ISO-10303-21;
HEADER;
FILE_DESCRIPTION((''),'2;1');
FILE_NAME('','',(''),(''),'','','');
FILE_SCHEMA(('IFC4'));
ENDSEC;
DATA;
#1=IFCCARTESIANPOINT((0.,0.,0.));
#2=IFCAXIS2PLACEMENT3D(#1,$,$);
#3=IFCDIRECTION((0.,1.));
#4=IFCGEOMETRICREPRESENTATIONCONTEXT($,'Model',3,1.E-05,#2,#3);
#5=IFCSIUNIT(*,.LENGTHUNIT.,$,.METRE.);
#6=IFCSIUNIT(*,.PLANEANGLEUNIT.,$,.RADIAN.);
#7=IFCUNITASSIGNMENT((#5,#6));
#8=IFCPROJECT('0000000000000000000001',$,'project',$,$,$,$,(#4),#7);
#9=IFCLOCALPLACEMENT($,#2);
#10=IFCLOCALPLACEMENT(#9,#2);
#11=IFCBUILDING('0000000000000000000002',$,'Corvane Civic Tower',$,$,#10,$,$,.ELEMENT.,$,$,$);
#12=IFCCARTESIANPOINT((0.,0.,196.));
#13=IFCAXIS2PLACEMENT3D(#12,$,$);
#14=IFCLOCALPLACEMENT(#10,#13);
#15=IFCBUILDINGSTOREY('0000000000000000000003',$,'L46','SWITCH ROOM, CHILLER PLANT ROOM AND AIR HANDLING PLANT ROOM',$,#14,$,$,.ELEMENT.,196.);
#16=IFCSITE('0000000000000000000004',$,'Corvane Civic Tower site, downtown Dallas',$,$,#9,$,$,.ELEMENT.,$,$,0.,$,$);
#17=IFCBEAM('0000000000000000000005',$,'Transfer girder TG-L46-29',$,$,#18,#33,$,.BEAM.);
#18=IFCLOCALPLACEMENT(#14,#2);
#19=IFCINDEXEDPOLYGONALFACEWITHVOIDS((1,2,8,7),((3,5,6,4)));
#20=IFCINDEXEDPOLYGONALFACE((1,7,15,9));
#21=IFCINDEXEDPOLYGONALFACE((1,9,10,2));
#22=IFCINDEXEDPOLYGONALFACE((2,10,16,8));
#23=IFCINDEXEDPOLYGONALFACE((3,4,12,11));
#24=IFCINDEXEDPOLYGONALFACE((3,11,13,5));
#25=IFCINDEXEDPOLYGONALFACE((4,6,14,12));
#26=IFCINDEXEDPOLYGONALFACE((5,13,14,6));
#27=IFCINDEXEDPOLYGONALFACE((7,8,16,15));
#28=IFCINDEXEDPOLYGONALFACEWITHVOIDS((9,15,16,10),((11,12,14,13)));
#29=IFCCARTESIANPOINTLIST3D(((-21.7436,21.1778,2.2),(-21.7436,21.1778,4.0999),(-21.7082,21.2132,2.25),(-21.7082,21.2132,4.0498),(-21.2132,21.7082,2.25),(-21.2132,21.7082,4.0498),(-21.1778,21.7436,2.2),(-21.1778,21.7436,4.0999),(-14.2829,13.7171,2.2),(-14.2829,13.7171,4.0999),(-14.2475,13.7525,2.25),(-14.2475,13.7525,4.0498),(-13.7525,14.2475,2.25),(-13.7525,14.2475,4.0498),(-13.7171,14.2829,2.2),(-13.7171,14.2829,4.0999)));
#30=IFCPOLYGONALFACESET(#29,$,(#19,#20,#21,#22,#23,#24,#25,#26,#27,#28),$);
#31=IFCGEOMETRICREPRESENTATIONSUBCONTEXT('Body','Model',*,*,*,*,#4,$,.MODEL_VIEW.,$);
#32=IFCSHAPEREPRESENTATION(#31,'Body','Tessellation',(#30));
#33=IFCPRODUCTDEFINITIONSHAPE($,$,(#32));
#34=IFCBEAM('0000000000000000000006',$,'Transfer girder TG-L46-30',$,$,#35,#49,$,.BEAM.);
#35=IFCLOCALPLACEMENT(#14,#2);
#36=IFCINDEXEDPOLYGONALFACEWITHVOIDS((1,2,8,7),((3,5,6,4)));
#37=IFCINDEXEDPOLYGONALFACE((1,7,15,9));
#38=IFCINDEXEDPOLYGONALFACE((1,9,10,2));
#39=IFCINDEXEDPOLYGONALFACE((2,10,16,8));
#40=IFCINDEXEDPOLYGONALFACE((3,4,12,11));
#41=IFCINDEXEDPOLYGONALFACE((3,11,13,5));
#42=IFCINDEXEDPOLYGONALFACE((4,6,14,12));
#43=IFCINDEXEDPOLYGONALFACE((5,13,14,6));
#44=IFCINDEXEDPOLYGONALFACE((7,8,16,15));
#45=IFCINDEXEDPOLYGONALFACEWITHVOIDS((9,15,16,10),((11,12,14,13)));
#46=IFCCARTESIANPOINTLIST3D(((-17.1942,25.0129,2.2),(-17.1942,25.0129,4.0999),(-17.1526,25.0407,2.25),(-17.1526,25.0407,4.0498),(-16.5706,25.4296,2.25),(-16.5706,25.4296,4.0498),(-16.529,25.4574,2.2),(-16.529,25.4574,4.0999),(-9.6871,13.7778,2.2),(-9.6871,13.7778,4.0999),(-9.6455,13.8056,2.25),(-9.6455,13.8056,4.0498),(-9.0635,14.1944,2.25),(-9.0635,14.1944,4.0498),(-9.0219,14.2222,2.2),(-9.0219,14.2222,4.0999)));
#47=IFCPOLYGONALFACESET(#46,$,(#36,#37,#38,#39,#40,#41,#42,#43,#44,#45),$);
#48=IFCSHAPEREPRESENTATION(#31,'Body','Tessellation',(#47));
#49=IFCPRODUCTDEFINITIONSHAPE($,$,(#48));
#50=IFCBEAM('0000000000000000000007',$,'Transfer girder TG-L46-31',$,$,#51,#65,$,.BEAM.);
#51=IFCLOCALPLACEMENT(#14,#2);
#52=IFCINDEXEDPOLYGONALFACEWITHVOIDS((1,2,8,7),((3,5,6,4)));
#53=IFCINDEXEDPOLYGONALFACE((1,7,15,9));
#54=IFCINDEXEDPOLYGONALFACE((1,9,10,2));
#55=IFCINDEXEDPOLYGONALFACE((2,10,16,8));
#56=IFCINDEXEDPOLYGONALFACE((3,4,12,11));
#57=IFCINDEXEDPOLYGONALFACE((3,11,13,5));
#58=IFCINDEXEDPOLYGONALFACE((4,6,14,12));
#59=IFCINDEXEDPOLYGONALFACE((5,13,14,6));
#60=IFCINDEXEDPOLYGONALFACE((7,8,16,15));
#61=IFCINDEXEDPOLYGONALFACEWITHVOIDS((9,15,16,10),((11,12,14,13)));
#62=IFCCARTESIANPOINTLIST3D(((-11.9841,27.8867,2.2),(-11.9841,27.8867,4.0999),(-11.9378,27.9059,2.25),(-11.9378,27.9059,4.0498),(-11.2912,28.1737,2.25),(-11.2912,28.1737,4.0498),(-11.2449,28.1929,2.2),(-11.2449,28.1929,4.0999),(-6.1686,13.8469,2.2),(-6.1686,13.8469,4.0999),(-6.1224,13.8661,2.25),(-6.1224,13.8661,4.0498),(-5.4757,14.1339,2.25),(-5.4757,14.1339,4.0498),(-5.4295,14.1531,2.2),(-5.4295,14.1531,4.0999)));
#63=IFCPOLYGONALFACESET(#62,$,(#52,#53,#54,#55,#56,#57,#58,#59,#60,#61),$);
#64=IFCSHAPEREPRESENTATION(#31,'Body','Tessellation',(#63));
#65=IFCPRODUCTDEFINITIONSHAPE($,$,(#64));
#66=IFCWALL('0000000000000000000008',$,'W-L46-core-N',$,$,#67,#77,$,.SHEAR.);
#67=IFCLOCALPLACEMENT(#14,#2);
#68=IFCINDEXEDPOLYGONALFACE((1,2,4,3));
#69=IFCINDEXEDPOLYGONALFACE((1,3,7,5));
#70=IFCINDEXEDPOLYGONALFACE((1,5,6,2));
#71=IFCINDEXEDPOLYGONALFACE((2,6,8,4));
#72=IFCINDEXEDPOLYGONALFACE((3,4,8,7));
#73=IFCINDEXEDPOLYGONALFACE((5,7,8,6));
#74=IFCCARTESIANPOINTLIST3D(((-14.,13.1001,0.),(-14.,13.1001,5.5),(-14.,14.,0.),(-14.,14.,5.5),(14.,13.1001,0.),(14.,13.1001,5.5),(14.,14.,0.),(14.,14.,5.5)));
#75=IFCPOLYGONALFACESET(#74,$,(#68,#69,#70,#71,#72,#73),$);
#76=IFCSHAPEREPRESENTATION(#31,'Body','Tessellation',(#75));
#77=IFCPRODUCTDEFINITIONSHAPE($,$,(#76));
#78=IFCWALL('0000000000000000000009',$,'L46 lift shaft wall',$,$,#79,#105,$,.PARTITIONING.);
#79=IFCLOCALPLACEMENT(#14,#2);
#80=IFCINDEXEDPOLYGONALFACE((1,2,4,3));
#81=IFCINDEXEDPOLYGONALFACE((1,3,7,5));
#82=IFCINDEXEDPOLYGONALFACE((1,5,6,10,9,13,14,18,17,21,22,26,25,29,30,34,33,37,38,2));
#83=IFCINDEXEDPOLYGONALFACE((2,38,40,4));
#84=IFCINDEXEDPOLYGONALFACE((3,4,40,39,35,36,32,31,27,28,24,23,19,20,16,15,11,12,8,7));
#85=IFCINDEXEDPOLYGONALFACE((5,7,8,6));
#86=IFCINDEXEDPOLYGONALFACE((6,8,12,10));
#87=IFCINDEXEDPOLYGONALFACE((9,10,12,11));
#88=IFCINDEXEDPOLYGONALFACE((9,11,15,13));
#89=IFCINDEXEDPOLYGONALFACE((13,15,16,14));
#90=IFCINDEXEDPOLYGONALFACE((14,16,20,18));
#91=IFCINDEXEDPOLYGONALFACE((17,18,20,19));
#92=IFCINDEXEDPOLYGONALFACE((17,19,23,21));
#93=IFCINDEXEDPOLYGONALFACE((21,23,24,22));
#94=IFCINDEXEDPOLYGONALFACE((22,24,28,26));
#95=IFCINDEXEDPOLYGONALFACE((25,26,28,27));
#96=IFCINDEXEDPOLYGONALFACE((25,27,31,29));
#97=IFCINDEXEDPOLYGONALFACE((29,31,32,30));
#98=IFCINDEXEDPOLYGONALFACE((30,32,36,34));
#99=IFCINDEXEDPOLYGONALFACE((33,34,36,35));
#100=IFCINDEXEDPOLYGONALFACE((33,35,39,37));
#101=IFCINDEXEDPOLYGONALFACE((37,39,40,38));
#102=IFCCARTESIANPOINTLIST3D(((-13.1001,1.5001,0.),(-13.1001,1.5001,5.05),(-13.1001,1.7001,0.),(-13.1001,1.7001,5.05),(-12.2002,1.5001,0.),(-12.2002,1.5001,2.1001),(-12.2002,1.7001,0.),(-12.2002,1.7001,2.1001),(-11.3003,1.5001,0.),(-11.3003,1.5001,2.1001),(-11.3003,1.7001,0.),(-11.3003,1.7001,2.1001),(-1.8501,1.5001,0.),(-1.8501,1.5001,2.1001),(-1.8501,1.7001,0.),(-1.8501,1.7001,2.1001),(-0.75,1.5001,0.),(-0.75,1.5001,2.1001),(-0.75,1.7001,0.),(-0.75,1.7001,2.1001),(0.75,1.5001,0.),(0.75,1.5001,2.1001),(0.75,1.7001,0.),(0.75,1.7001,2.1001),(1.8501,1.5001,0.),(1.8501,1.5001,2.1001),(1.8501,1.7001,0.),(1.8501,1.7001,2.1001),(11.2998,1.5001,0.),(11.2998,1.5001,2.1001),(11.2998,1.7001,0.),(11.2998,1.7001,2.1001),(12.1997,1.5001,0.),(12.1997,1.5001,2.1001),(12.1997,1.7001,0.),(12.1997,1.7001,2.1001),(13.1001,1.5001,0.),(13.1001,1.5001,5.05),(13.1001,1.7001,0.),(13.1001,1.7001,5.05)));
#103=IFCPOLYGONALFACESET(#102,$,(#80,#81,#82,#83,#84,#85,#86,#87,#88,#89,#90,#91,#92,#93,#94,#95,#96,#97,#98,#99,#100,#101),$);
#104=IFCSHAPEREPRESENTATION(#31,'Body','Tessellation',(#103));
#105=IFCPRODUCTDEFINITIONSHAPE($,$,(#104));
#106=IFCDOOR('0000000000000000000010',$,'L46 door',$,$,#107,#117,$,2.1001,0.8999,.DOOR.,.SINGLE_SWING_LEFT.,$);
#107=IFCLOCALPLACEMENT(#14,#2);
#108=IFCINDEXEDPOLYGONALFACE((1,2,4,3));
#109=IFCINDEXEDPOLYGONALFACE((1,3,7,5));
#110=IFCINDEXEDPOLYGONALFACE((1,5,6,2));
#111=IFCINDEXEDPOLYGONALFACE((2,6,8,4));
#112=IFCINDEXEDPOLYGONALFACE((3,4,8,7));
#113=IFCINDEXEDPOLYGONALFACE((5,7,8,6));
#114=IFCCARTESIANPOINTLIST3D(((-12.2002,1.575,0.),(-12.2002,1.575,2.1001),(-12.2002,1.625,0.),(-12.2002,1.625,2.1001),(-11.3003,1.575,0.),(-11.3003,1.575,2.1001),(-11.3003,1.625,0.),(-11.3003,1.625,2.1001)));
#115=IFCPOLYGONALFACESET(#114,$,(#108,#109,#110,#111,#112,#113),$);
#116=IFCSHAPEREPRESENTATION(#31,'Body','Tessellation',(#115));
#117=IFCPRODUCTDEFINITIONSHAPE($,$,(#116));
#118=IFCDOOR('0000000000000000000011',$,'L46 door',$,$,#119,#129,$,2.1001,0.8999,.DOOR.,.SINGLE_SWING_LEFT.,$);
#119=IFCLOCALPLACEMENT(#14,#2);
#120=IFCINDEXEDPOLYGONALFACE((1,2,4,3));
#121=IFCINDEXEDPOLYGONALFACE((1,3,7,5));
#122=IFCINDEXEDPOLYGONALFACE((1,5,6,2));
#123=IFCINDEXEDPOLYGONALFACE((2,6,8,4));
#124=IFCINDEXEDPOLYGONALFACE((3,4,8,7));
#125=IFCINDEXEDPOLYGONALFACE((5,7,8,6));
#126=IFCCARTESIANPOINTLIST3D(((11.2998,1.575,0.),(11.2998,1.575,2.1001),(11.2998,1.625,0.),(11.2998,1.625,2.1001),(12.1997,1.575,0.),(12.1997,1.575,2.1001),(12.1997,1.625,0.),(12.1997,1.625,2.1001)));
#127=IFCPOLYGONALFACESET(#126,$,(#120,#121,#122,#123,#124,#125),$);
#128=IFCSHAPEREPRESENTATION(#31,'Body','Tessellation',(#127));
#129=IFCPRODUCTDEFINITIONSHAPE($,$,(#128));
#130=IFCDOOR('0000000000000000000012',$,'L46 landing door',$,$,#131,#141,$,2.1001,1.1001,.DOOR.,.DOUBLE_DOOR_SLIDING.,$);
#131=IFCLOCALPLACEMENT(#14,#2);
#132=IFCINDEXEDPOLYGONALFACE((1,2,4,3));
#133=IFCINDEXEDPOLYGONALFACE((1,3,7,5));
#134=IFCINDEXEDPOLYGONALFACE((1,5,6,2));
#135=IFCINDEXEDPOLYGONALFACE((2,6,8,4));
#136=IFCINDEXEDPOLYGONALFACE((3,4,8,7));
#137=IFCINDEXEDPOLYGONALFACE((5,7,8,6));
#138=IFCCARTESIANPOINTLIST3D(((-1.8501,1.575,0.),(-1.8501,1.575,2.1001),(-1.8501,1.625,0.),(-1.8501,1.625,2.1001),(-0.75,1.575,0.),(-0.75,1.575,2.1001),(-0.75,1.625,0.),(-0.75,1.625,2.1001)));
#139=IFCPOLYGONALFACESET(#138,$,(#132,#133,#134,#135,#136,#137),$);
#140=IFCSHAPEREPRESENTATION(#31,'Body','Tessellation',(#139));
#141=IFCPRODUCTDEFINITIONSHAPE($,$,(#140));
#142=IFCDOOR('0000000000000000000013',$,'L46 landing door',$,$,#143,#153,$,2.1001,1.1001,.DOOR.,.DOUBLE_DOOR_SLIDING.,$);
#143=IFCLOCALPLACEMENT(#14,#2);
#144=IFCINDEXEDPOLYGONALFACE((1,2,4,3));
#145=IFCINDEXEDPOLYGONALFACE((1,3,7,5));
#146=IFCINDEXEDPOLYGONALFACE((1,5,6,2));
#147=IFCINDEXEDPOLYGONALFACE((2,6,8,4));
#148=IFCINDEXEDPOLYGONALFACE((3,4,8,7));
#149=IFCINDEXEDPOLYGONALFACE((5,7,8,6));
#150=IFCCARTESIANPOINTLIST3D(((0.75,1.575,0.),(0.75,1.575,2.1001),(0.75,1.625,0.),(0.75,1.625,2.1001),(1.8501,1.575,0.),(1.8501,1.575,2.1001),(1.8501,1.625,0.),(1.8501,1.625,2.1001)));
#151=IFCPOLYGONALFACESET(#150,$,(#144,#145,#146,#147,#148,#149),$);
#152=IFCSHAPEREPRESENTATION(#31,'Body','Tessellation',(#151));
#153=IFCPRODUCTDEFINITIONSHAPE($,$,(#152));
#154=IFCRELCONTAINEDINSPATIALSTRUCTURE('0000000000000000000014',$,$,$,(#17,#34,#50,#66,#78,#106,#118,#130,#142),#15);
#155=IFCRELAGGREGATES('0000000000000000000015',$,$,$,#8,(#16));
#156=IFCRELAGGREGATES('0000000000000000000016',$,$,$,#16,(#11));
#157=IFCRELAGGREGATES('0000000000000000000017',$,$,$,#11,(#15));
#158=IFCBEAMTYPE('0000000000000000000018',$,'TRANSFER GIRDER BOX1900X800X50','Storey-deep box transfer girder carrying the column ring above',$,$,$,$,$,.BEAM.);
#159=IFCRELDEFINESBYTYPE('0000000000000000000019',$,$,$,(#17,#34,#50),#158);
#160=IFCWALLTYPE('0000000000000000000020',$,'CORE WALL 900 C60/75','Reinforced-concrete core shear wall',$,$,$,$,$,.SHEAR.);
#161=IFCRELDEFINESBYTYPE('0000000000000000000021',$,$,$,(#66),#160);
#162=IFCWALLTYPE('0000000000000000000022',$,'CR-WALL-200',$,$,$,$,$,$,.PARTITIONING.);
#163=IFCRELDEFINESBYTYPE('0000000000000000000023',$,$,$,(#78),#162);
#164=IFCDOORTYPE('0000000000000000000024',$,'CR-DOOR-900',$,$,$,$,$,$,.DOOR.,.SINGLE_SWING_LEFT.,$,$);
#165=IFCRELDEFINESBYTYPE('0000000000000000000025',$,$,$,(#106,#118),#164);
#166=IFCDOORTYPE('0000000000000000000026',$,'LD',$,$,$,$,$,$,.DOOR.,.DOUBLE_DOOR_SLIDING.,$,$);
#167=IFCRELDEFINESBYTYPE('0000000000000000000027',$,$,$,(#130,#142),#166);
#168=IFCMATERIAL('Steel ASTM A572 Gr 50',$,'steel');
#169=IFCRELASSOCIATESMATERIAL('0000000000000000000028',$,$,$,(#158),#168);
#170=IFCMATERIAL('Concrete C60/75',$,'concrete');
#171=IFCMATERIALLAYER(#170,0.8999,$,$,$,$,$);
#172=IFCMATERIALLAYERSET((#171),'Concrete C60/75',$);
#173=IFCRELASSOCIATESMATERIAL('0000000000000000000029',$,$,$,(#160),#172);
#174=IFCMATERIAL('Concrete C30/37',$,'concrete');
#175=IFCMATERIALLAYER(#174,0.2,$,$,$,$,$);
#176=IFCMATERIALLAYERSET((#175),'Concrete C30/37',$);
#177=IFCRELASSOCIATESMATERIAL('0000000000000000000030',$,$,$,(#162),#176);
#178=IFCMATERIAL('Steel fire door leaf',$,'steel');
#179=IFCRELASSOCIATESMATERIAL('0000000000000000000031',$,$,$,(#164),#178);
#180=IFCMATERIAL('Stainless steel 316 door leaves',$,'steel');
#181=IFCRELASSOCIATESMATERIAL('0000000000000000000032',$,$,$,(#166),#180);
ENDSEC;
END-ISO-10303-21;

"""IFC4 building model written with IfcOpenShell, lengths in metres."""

from ifc_helpers import new_model, si_unit, direction, frame, frame_2d, origin, origin_2d, place, context, subcontext, project, spatial, rectangle, hollow_rectangle, extrude, material, layer, layer_set, material_profile, profile_set, type_object, element, fill, save


model = new_model("IFC4")

# Units and contexts
model_context = context("Model", 3, precision=1e-05, world=origin(), true_north=direction((0.0, 1.0)))
body_context = subcontext(model_context, "Body", "Model", "MODEL_VIEW")
ifc_project = project(units=[si_unit("LENGTHUNIT", "METRE"), si_unit("PLANEANGLEUNIT", "RADIAN")], contexts=[model_context])

# Site, building, storey
site_placement = place(None, origin())
site = spatial("IfcSite", under=ifc_project, at=site_placement, Name="Corvane Civic Tower site, downtown Dallas", CompositionType="ELEMENT", RefElevation=0.0)
building_placement = place(site_placement, origin())
building = spatial("IfcBuilding", under=site, at=building_placement, Name="Corvane Civic Tower", CompositionType="ELEMENT")
storey_placement = place(building_placement, frame((0.0, 0.0, 196.0)))
storey = spatial("IfcBuildingStorey", under=building, at=storey_placement, Name="L46", Description="SWITCH ROOM, CHILLER PLANT ROOM AND AIR HANDLING PLANT ROOM", CompositionType="ELEMENT", Elevation=196.0)

# Beams
ifc_material_1 = material(Name="Steel ASTM A572 Gr 50", Category="steel")
ifc_material_profile_1 = material_profile(ifc_material_1, hollow_rectangle(XDim=0.8, YDim=1.8999, WallThickness=0.05, at=origin_2d()), Name="BOX1900X800X50")
ifc_profile_set_1 = profile_set([ifc_material_profile_1], Name="Steel ASTM A572 Gr 50")
beam_type_1 = type_object("IfcBeamType", Name="TRANSFER GIRDER BOX1900X800X50", Description="Storey-deep box transfer girder carrying the column ring above", PredefinedType="BEAM", material=ifc_profile_set_1)
beam_1_placement = place(storey_placement, frame((-14.0, 14.0, 3.1499), z_axis=(-0.707107, 0.707107, 0.0), x_axis=(-0.707107, -0.707107, 0.0)))
element("IfcBeam", 1, at=beam_1_placement, inside=storey, type_object=beam_type_1, Name="Transfer girder TG-L46-29", PredefinedType="BEAM", context=body_context, shape_type="SweptSolid", body=[
    extrude(hollow_rectangle(XDim=0.8, YDim=1.8999, WallThickness=0.05, at=origin_2d()), origin(), (0.0, 0.0, 1.0), 10.551),
])
beam_2_placement = place(storey_placement, frame((-9.3545, 14.0, 3.1499), z_axis=(-0.555571, 0.831469, 0.0), x_axis=(-0.831469, -0.555571, 0.0)))
element("IfcBeam", 2, at=beam_2_placement, inside=storey, type_object=beam_type_1, Name="Transfer girder TG-L46-30", PredefinedType="BEAM", context=body_context, shape_type="SweptSolid", body=[
    extrude(hollow_rectangle(XDim=0.8, YDim=1.8999, WallThickness=0.05, at=origin_2d()), origin(), (0.0, 0.0, 1.0), 13.5125),
])
beam_3_placement = place(storey_placement, frame((-5.7991, 14.0, 3.1499), z_axis=(-0.382681, 0.923881, 0.0), x_axis=(-0.923881, -0.382681, 0.0)))
element("IfcBeam", 3, at=beam_3_placement, inside=storey, type_object=beam_type_1, Name="Transfer girder TG-L46-31", PredefinedType="BEAM", context=body_context, shape_type="SweptSolid", body=[
    extrude(hollow_rectangle(XDim=0.8, YDim=1.8999, WallThickness=0.05, at=origin_2d()), origin(), (0.0, 0.0, 1.0), 15.1965),
])

# Wall
ifc_material_2 = material(Name="Concrete C60/75", Category="concrete")
ifc_layer_1 = layer(ifc_material_2, 0.8999)
ifc_layer_set_1 = layer_set([ifc_layer_1], Name="Concrete C60/75")
wall_type_1 = type_object("IfcWallType", Name="CORE WALL 900 C60/75", Description="Reinforced-concrete core shear wall", PredefinedType="SHEAR", material=ifc_layer_set_1)
wall_1_placement = place(storey_placement, frame((-14.0, 13.55, 0.0), z_axis=(0.0, 0.0, 1.0), x_axis=(1.0, 0.0, 0.0)))
element("IfcWall", 4, at=wall_1_placement, inside=storey, type_object=wall_type_1, Name="W-L46-core-N", PredefinedType="SHEAR", context=body_context, shape_type="SweptSolid", body=[
    extrude(rectangle(XDim=28.0, YDim=0.8999, at=frame_2d((14.0, 0.0))), origin(), (0.0, 0.0, 1.0), 5.5),
])

# Wall, openings, doors
ifc_material_3 = material(Name="Concrete C30/37", Category="concrete")
ifc_layer_2 = layer(ifc_material_3, 0.2)
ifc_layer_set_2 = layer_set([ifc_layer_2], Name="Concrete C30/37")
wall_type_2 = type_object("IfcWallType", Name="CR-WALL-200", PredefinedType="PARTITIONING", material=ifc_layer_set_2)
wall_2_placement = place(storey_placement, frame((-13.1001, 1.6001, 0.0), z_axis=(0.0, 0.0, 1.0), x_axis=(1.0, 0.0, 0.0)))
wall_2 = element("IfcWall", 5, at=wall_2_placement, inside=storey, type_object=wall_type_2, Name="L46 lift shaft wall", PredefinedType="PARTITIONING", context=body_context, shape_type="SweptSolid", body=[
    extrude(rectangle(XDim=26.2002, YDim=0.2, at=frame_2d((13.1001, 0.0))), origin(), (0.0, 0.0, 1.0), 5.05),
])
opening_1_placement = place(wall_2_placement, frame((11.25, 0.0, 0.0)))
opening_1 = element("IfcOpeningElement", 6, at=opening_1_placement, cuts=wall_2, PredefinedType="OPENING", context=body_context, shape_type="SweptSolid", body=[
    extrude(rectangle(XDim=1.1001, YDim=2.1001, at=frame_2d((0.55, 1.05))), frame((0.0, 0.1099, 0.0), z_axis=(0.0, -1.0, 0.0), x_axis=(1.0, 0.0, 0.0)), (0.0, 0.0, 1.0), 0.22),
])
opening_2_placement = place(wall_2_placement, frame((13.8501, 0.0, 0.0)))
opening_2 = element("IfcOpeningElement", 7, at=opening_2_placement, cuts=wall_2, PredefinedType="OPENING", context=body_context, shape_type="SweptSolid", body=[
    extrude(rectangle(XDim=1.1001, YDim=2.1001, at=frame_2d((0.55, 1.05))), frame((0.0, 0.1099, 0.0), z_axis=(0.0, -1.0, 0.0), x_axis=(1.0, 0.0, 0.0)), (0.0, 0.0, 1.0), 0.22),
])
opening_3_placement = place(wall_2_placement, frame((0.8999, 0.0, 0.0)))
opening_3 = element("IfcOpeningElement", 8, at=opening_3_placement, cuts=wall_2, PredefinedType="OPENING", context=body_context, shape_type="SweptSolid", body=[
    extrude(rectangle(XDim=0.8999, YDim=2.1001, at=frame_2d((0.45, 1.05))), frame((0.0, 0.1099, 0.0), z_axis=(0.0, -1.0, 0.0), x_axis=(1.0, 0.0, 0.0)), (0.0, 0.0, 1.0), 0.22),
])
opening_4_placement = place(wall_2_placement, frame((24.3999, 0.0, 0.0)))
opening_4 = element("IfcOpeningElement", 9, at=opening_4_placement, cuts=wall_2, PredefinedType="OPENING", context=body_context, shape_type="SweptSolid", body=[
    extrude(rectangle(XDim=0.8999, YDim=2.1001, at=frame_2d((0.45, 1.05))), frame((0.0, 0.1099, 0.0), z_axis=(0.0, -1.0, 0.0), x_axis=(1.0, 0.0, 0.0)), (0.0, 0.0, 1.0), 0.22),
])
ifc_material_4 = material(Name="Steel fire door leaf", Category="steel")
door_type_1 = type_object("IfcDoorType", Name="CR-DOOR-900", OperationType="SINGLE_SWING_LEFT", PredefinedType="DOOR", material=ifc_material_4)
door_1_placement = place(opening_3_placement, origin())
door_1 = element("IfcDoor", 10, at=door_1_placement, inside=storey, type_object=door_type_1, Name="L46 door", OperationType="SINGLE_SWING_LEFT", OverallHeight=2.1001, OverallWidth=0.8999, PredefinedType="DOOR", context=body_context, shape_type="SweptSolid", body=[
    extrude(rectangle(XDim=0.8999, YDim=2.1001, at=frame_2d((0.45, 1.05))), frame((0.0, 0.0249, 0.0), z_axis=(0.0, -1.0, 0.0), x_axis=(1.0, 0.0, 0.0)), (0.0, 0.0, 1.0), 0.05),
])
fill(opening_3, door_1)
door_2_placement = place(opening_4_placement, origin())
door_2 = element("IfcDoor", 11, at=door_2_placement, inside=storey, type_object=door_type_1, Name="L46 door", OperationType="SINGLE_SWING_LEFT", OverallHeight=2.1001, OverallWidth=0.8999, PredefinedType="DOOR", context=body_context, shape_type="SweptSolid", body=[
    extrude(rectangle(XDim=0.8999, YDim=2.1001, at=frame_2d((0.45, 1.05))), frame((0.0, 0.0249, 0.0), z_axis=(0.0, -1.0, 0.0), x_axis=(1.0, 0.0, 0.0)), (0.0, 0.0, 1.0), 0.05),
])
fill(opening_4, door_2)
ifc_material_5 = material(Name="Stainless steel 316 door leaves", Category="steel")
door_type_2 = type_object("IfcDoorType", Name="LD", OperationType="DOUBLE_DOOR_SLIDING", PredefinedType="DOOR", material=ifc_material_5)
door_3_placement = place(opening_1_placement, origin())
door_3 = element("IfcDoor", 12, at=door_3_placement, inside=storey, type_object=door_type_2, Name="L46 landing door", OperationType="DOUBLE_DOOR_SLIDING", OverallHeight=2.1001, OverallWidth=1.1001, PredefinedType="DOOR", context=body_context, shape_type="SweptSolid", body=[
    extrude(rectangle(XDim=1.1001, YDim=2.1001, at=frame_2d((0.55, 1.05))), frame((0.0, 0.0249, 0.0), z_axis=(0.0, -1.0, 0.0), x_axis=(1.0, 0.0, 0.0)), (0.0, 0.0, 1.0), 0.05),
])
fill(opening_1, door_3)
door_4_placement = place(opening_2_placement, origin())
door_4 = element("IfcDoor", 13, at=door_4_placement, inside=storey, type_object=door_type_2, Name="L46 landing door", OperationType="DOUBLE_DOOR_SLIDING", OverallHeight=2.1001, OverallWidth=1.1001, PredefinedType="DOOR", context=body_context, shape_type="SweptSolid", body=[
    extrude(rectangle(XDim=1.1001, YDim=2.1001, at=frame_2d((0.55, 1.05))), frame((0.0, 0.0249, 0.0), z_axis=(0.0, -1.0, 0.0), x_axis=(1.0, 0.0, 0.0)), (0.0, 0.0, 1.0), 0.05),
])
fill(opening_2, door_4)

save(model, "model.ifc")
